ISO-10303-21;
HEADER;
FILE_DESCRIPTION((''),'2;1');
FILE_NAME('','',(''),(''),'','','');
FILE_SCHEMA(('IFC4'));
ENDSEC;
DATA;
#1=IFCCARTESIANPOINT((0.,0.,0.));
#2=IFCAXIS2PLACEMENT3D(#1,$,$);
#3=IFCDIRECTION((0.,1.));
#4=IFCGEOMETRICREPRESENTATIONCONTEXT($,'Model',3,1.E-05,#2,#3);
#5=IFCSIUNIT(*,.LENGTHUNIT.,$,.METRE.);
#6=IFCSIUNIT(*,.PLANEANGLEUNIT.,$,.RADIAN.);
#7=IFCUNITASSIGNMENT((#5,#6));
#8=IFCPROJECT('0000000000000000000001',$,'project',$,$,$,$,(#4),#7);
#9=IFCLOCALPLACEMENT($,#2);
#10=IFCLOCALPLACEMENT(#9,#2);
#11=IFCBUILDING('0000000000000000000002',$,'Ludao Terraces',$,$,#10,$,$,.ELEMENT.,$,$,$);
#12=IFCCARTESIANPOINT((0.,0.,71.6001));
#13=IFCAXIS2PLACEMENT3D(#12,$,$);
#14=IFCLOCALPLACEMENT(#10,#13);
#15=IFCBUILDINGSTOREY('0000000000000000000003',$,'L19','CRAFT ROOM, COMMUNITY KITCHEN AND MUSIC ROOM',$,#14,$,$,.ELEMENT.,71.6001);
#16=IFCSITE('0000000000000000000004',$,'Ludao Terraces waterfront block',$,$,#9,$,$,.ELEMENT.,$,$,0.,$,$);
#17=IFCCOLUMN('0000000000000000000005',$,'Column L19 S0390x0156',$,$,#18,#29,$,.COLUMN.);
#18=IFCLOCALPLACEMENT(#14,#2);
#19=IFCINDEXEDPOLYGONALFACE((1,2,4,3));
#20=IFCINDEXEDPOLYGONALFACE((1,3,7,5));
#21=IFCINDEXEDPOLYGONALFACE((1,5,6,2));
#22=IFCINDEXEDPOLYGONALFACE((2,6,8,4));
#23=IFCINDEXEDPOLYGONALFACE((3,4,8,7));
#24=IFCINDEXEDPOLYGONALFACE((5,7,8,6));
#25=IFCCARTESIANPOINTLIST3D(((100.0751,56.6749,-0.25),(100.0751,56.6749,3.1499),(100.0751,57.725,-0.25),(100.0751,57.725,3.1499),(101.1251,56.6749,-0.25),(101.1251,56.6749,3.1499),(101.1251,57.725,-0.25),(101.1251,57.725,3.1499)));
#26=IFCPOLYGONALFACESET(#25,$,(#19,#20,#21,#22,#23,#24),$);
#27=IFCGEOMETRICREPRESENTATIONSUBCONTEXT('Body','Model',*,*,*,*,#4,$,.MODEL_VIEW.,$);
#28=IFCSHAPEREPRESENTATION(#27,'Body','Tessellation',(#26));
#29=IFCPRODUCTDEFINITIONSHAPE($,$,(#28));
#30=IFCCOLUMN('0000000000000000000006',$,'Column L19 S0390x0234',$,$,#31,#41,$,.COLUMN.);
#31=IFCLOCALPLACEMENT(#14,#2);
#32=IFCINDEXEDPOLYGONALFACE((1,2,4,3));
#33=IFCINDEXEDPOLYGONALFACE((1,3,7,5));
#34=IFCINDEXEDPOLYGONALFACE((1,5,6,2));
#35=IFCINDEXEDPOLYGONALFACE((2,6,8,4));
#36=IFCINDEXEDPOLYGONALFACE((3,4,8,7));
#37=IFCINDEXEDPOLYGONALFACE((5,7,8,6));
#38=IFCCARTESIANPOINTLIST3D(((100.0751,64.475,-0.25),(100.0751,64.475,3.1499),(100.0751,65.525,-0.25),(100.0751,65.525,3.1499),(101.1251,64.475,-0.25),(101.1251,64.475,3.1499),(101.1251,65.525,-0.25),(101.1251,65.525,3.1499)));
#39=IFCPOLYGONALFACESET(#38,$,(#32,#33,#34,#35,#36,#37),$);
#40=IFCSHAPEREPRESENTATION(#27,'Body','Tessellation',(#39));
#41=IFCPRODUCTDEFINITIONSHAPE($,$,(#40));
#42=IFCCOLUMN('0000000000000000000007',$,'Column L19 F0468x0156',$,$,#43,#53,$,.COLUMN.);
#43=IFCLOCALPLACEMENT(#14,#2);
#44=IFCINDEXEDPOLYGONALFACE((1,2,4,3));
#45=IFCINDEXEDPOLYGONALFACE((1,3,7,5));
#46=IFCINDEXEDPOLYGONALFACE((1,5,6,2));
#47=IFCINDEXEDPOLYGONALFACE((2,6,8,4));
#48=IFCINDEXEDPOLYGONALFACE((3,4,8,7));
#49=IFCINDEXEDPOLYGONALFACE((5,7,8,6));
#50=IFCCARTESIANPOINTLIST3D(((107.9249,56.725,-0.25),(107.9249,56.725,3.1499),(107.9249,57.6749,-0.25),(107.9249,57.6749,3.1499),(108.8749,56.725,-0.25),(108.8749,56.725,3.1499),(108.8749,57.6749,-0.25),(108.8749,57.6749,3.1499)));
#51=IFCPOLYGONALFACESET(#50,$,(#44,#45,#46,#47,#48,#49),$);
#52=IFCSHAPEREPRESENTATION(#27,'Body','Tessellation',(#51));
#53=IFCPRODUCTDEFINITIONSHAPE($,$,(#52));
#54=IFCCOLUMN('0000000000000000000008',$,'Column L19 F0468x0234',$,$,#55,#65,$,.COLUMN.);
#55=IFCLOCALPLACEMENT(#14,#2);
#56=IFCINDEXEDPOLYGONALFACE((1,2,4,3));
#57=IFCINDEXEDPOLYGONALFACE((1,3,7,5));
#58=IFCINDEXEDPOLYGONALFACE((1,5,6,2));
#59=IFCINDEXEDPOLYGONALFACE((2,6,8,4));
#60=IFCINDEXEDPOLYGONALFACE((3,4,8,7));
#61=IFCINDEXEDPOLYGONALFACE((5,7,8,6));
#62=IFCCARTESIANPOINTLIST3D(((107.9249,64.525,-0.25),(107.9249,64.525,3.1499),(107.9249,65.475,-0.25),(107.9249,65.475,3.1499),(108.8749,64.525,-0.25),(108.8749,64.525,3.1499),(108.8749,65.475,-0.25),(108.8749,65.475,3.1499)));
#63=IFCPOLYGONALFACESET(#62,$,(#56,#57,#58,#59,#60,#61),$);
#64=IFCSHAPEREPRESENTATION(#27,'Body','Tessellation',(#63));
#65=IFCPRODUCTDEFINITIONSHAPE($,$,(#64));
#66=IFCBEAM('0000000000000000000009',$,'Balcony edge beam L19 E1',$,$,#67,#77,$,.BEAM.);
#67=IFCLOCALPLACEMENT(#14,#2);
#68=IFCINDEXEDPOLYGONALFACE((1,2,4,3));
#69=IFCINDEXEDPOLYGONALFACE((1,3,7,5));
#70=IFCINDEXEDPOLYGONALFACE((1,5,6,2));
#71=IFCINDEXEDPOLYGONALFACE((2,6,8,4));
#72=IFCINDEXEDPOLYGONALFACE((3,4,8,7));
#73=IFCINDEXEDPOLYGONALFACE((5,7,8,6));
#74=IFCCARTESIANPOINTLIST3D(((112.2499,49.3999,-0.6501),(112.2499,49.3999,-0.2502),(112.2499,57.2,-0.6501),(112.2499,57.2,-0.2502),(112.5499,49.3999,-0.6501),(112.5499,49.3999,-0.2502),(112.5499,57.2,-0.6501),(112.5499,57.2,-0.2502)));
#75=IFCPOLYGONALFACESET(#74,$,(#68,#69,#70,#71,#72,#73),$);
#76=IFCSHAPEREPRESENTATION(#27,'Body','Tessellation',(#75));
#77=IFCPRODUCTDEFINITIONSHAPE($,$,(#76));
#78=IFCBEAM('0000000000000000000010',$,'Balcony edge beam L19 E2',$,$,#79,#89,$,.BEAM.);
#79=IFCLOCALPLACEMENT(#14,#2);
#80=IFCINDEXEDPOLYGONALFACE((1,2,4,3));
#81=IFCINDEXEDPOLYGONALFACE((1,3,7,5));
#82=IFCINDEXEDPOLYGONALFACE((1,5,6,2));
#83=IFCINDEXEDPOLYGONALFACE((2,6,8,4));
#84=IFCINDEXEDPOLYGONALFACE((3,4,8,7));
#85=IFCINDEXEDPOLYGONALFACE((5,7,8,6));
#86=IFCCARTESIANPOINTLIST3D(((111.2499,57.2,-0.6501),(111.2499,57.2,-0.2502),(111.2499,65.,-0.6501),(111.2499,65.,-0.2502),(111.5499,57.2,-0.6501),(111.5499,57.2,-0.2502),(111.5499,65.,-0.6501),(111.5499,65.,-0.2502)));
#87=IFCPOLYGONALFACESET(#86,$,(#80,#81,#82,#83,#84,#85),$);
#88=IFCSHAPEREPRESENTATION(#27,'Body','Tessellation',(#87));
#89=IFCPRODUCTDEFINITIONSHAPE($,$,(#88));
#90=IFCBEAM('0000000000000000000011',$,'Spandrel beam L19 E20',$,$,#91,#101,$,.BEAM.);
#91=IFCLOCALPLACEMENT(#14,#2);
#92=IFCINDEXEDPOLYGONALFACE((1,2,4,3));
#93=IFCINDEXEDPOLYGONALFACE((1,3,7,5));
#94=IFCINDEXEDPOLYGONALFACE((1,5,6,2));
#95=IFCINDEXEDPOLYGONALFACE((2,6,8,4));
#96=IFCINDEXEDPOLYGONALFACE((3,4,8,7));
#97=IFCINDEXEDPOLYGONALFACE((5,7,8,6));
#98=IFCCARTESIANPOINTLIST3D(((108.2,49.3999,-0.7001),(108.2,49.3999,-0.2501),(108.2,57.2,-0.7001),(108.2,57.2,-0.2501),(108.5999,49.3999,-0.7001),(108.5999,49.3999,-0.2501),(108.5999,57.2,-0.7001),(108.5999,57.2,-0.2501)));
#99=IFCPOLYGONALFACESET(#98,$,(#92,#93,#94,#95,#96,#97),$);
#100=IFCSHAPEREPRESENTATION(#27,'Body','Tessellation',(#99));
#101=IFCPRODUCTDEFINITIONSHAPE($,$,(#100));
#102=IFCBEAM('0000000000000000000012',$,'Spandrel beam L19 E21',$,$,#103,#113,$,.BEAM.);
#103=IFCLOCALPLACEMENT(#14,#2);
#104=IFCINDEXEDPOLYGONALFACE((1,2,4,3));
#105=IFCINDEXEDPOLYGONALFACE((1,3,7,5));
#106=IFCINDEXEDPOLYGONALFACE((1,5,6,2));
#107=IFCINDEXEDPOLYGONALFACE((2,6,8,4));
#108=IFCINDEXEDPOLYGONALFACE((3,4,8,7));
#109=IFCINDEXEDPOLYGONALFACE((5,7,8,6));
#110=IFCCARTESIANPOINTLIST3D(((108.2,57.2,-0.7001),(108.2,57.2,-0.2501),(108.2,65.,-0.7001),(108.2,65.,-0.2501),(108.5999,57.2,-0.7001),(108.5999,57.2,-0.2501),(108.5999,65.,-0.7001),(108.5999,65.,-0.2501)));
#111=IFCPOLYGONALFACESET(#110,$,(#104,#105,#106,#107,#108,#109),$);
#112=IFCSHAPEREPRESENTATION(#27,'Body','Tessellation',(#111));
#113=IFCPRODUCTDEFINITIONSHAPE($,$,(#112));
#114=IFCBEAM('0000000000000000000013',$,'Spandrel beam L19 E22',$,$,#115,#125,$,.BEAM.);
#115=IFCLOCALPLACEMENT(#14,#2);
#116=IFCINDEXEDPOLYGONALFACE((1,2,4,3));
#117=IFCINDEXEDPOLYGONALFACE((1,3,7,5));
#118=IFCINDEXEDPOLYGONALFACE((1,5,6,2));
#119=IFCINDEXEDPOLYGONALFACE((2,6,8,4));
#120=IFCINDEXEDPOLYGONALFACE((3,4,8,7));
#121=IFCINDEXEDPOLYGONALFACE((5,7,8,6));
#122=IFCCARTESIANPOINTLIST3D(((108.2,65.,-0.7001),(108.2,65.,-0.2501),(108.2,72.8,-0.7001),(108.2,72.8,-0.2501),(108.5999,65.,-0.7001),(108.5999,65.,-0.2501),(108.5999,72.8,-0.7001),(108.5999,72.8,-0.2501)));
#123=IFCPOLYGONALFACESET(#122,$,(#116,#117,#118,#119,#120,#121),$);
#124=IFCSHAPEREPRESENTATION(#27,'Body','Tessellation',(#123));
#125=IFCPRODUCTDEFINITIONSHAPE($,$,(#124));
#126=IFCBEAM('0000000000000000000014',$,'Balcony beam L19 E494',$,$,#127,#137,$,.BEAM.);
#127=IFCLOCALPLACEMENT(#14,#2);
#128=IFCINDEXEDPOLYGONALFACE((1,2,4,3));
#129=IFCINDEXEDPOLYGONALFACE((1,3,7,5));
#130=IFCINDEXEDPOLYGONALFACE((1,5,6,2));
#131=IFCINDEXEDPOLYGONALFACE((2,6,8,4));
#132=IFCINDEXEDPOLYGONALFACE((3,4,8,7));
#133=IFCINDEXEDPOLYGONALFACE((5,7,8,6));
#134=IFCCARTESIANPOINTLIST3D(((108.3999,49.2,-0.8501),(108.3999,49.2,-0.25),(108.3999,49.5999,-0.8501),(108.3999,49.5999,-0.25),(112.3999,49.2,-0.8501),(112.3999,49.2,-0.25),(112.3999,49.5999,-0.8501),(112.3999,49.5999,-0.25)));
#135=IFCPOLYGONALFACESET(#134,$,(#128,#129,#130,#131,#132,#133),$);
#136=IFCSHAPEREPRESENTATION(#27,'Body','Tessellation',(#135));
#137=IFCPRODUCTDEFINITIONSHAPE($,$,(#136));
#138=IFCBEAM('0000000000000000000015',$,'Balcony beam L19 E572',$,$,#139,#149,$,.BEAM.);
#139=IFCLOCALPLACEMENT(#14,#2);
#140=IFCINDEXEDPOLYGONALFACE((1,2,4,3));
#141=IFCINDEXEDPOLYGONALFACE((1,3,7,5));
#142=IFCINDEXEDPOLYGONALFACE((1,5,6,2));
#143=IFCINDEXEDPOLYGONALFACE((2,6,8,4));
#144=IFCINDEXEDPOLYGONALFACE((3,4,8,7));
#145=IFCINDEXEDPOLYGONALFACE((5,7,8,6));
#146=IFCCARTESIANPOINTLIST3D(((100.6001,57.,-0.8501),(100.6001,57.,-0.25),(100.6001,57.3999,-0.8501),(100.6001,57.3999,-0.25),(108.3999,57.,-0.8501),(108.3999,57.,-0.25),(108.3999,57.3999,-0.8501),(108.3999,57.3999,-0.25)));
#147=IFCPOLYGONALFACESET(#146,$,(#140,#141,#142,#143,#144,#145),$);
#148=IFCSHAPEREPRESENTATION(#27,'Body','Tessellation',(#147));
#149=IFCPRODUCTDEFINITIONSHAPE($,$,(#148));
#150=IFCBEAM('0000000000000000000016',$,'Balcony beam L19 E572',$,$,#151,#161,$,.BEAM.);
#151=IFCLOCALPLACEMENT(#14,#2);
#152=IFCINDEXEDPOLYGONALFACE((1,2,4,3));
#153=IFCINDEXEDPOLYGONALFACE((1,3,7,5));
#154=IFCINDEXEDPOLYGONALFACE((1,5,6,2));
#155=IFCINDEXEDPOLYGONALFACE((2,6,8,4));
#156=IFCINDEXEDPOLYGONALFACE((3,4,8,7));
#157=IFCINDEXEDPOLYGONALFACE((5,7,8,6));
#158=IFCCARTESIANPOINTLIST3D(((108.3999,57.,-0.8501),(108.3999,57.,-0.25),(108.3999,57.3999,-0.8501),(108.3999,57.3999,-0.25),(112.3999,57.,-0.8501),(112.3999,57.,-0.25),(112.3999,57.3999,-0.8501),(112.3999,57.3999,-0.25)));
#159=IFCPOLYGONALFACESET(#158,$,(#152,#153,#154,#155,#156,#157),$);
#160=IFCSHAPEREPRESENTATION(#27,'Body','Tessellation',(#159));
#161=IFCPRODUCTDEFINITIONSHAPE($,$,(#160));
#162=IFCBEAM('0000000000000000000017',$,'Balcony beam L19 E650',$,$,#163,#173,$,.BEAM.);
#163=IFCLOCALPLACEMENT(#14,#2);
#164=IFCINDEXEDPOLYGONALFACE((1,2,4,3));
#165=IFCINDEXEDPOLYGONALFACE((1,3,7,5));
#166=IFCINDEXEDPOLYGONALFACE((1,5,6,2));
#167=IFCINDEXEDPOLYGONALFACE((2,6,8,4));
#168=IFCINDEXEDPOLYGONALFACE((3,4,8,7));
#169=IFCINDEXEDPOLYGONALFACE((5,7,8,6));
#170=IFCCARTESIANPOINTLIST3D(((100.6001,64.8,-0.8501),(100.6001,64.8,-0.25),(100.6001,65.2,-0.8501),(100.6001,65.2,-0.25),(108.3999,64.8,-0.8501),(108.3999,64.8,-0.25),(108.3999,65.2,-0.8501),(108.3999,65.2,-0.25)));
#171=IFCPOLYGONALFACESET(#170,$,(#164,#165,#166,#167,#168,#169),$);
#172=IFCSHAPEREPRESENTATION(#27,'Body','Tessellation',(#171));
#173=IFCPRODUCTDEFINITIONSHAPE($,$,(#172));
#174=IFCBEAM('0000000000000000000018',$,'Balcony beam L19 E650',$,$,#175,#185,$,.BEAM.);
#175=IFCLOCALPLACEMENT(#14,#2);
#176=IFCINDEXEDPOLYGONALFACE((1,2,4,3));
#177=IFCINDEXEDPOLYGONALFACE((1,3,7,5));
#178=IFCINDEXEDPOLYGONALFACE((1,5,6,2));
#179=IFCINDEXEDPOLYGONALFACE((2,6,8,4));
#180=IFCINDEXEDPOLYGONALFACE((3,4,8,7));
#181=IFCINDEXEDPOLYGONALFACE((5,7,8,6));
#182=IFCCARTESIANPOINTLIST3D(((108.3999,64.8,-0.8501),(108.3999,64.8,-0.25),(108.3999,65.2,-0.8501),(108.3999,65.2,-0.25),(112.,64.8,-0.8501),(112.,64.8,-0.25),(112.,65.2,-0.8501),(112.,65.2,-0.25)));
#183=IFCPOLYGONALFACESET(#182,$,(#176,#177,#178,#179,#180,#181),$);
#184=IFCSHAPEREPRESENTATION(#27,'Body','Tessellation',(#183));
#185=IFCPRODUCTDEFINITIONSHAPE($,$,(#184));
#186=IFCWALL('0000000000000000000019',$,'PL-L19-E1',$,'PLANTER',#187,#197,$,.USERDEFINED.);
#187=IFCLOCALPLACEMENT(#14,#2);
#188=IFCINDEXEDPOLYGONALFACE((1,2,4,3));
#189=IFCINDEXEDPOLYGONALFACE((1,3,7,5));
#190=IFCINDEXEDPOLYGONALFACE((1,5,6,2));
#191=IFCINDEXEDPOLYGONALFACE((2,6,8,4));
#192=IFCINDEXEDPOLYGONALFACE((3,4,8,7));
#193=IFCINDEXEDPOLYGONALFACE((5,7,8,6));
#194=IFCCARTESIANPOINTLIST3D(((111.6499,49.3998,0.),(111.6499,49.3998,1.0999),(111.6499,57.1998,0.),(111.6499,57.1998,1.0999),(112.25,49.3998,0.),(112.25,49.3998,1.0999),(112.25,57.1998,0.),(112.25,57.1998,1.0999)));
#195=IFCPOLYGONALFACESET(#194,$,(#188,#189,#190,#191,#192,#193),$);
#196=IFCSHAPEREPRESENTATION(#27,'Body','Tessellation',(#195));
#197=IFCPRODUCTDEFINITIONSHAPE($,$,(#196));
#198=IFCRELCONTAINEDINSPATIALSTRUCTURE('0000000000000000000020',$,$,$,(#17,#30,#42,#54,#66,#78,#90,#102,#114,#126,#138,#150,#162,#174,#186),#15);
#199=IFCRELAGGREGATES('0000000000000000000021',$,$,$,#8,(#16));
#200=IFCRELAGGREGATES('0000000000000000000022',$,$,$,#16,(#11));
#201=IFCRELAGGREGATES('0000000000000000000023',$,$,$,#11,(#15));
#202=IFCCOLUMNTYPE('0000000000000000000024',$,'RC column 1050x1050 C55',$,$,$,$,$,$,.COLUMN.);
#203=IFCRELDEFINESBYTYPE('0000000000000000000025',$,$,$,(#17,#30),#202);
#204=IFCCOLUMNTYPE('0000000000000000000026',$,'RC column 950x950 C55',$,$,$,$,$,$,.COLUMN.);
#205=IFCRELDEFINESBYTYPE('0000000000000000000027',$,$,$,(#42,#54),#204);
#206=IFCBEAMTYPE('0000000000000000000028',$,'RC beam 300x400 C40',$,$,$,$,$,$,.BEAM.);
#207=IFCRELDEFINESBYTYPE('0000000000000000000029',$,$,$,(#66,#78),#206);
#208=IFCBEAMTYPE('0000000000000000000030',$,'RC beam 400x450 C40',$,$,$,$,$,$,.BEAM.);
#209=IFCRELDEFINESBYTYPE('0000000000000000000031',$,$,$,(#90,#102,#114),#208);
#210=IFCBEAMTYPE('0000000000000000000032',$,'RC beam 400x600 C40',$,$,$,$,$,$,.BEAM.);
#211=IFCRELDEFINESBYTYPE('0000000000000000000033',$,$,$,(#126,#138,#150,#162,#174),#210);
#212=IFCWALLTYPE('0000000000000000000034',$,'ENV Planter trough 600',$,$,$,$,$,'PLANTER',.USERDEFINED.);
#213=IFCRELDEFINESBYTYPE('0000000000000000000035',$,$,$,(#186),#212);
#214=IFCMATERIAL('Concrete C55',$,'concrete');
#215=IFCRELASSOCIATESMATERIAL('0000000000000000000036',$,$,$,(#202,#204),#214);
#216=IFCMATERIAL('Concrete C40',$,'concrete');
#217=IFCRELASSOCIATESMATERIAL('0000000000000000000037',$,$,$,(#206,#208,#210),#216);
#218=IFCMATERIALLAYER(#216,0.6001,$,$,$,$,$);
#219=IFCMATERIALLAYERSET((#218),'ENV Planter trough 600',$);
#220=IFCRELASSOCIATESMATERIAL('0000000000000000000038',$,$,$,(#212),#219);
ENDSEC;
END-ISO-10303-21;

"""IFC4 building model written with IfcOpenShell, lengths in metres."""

from ifc_helpers import new_model, si_unit, direction, frame, frame_2d, origin, origin_2d, place, context, subcontext, project, spatial, rectangle, extrude, material, layer, layer_set, material_profile, profile_set, type_object, element, save


model = new_model("IFC4")

# Units and contexts
model_context = context("Model", 3, precision=1e-05, world=origin(), true_north=direction((0.0, 1.0)))
body_context = subcontext(model_context, "Body", "Model", "MODEL_VIEW")
ifc_project = project(units=[si_unit("LENGTHUNIT", "METRE"), si_unit("PLANEANGLEUNIT", "RADIAN")], contexts=[model_context])

# Site, building, storey
site_placement = place(None, origin())
site = spatial("IfcSite", under=ifc_project, at=site_placement, Name="Ludao Terraces waterfront block", CompositionType="ELEMENT", RefElevation=0.0)
building_placement = place(site_placement, origin())
building = spatial("IfcBuilding", under=site, at=building_placement, Name="Ludao Terraces", CompositionType="ELEMENT")
storey_placement = place(building_placement, frame((0.0, 0.0, 71.6001)))
storey = spatial("IfcBuildingStorey", under=building, at=storey_placement, Name="L19", Description="CRAFT ROOM, COMMUNITY KITCHEN AND MUSIC ROOM", CompositionType="ELEMENT", Elevation=71.6001)

# Columns
ifc_material_1 = material(Name="Concrete C55", Category="concrete")
ifc_material_profile_1 = material_profile(ifc_material_1, rectangle(XDim=1.05, YDim=1.05, at=origin_2d()), Name="1050 X 1050")
ifc_profile_set_1 = profile_set([ifc_material_profile_1], Name="Concrete C55")
column_type_1 = type_object("IfcColumnType", Name="RC column 1050x1050 C55", PredefinedType="COLUMN", material=ifc_profile_set_1)
for number, where, z_axis, x_axis, name in (
    (1, (100.6001, 57.2, -0.25), (0.0, 0.0, 1.0), (1.0, 0.0, 0.0), "Column L19 S0390x0156"),
    (2, (100.6001, 65.0, -0.25), (0.0, 0.0, 1.0), (1.0, 0.0, 0.0), "Column L19 S0390x0234"),
):
    element("IfcColumn", number, at=place(storey_placement, frame(where, z_axis=z_axis, x_axis=x_axis)), inside=storey, type_object=column_type_1, Name=name, PredefinedType="COLUMN", context=body_context, shape_type="SweptSolid", body=[
        extrude(rectangle(XDim=1.05, YDim=1.05, at=origin_2d()), origin(), (0.0, 0.0, 1.0), 3.3999),
    ])
ifc_material_profile_2 = material_profile(ifc_material_1, rectangle(XDim=0.95, YDim=0.95, at=origin_2d()), Name="950 X 950")
ifc_profile_set_2 = profile_set([ifc_material_profile_2], Name="Concrete C55")
column_type_2 = type_object("IfcColumnType", Name="RC column 950x950 C55", PredefinedType="COLUMN", material=ifc_profile_set_2)
for number, where, z_axis, x_axis, name in (
    (3, (108.3999, 57.2, -0.25), (0.0, 0.0, 1.0), (1.0, 0.0, 0.0), "Column L19 F0468x0156"),
    (4, (108.3999, 65.0, -0.25), (0.0, 0.0, 1.0), (1.0, 0.0, 0.0), "Column L19 F0468x0234"),
):
    element("IfcColumn", number, at=place(storey_placement, frame(where, z_axis=z_axis, x_axis=x_axis)), inside=storey, type_object=column_type_2, Name=name, PredefinedType="COLUMN", context=body_context, shape_type="SweptSolid", body=[
        extrude(rectangle(XDim=0.95, YDim=0.95, at=origin_2d()), origin(), (0.0, 0.0, 1.0), 3.3999),
    ])

# Beams
ifc_material_2 = material(Name="Concrete C40", Category="concrete")
ifc_material_profile_3 = material_profile(ifc_material_2, rectangle(XDim=0.3, YDim=0.3999, at=origin_2d()), Name="300 X 400")
ifc_profile_set_3 = profile_set([ifc_material_profile_3], Name="Concrete C40")
beam_type_1 = type_object("IfcBeamType", Name="RC beam 300x400 C40", PredefinedType="BEAM", material=ifc_profile_set_3)
for number, where, z_axis, x_axis, name in (
    (5, (112.3999, 49.3999, -0.4502), (0.0, 1.0, 0.0), (-1.0, 0.0, 0.0), "Balcony edge beam L19 E1"),
    (6, (111.3999, 57.2, -0.4502), (0.0, 1.0, 0.0), (-1.0, 0.0, 0.0), "Balcony edge beam L19 E2"),
):
    element("IfcBeam", number, at=place(storey_placement, frame(where, z_axis=z_axis, x_axis=x_axis)), inside=storey, type_object=beam_type_1, Name=name, PredefinedType="BEAM", context=body_context, shape_type="SweptSolid", body=[
        extrude(rectangle(XDim=0.3, YDim=0.3999, at=origin_2d()), origin(), (0.0, 0.0, 1.0), 7.8),
    ])
ifc_material_profile_4 = material_profile(ifc_material_2, rectangle(XDim=0.3999, YDim=0.45, at=origin_2d()), Name="400 X 450")
ifc_profile_set_4 = profile_set([ifc_material_profile_4], Name="Concrete C40")
beam_type_2 = type_object("IfcBeamType", Name="RC beam 400x450 C40", PredefinedType="BEAM", material=ifc_profile_set_4)
for number, where, z_axis, x_axis, name in (
    (7, (108.3999, 49.3999, -0.4751), (0.0, 1.0, 0.0), (-1.0, 0.0, 0.0), "Spandrel beam L19 E20"),
    (8, (108.3999, 57.2, -0.4751), (0.0, 1.0, 0.0), (-1.0, 0.0, 0.0), "Spandrel beam L19 E21"),
    (9, (108.3999, 65.0, -0.4751), (0.0, 1.0, 0.0), (-1.0, 0.0, 0.0), "Spandrel beam L19 E22"),
):
    element("IfcBeam", number, at=place(storey_placement, frame(where, z_axis=z_axis, x_axis=x_axis)), inside=storey, type_object=beam_type_2, Name=name, PredefinedType="BEAM", context=body_context, shape_type="SweptSolid", body=[
        extrude(rectangle(XDim=0.3999, YDim=0.45, at=origin_2d()), origin(), (0.0, 0.0, 1.0), 7.8),
    ])
ifc_material_profile_5 = material_profile(ifc_material_2, rectangle(XDim=0.3999, YDim=0.6001, at=origin_2d()), Name="400 X 600")
ifc_profile_set_5 = profile_set([ifc_material_profile_5], Name="Concrete C40")
beam_type_3 = type_object("IfcBeamType", Name="RC beam 400x600 C40", PredefinedType="BEAM", material=ifc_profile_set_5)
beam_1_placement = place(storey_placement, frame((108.3999, 49.3999, -0.55), z_axis=(1.0, 0.0, 0.0), x_axis=(0.0, 1.0, 0.0)))
element("IfcBeam", 10, at=beam_1_placement, inside=storey, type_object=beam_type_3, Name="Balcony beam L19 E494", PredefinedType="BEAM", context=body_context, shape_type="SweptSolid", body=[
    extrude(rectangle(XDim=0.3999, YDim=0.6001, at=origin_2d()), origin(), (0.0, 0.0, 1.0), 4.0),
])
beam_2_placement = place(storey_placement, frame((100.6001, 57.2, -0.55), z_axis=(1.0, 0.0, 0.0), x_axis=(0.0, 1.0, 0.0)))
element("IfcBeam", 11, at=beam_2_placement, inside=storey, type_object=beam_type_3, Name="Balcony beam L19 E572", PredefinedType="BEAM", context=body_context, shape_type="SweptSolid", body=[
    extrude(rectangle(XDim=0.3999, YDim=0.6001, at=origin_2d()), origin(), (0.0, 0.0, 1.0), 7.7998),
])
beam_3_placement = place(storey_placement, frame((108.3999, 57.2, -0.55), z_axis=(1.0, 0.0, 0.0), x_axis=(0.0, 1.0, 0.0)))
element("IfcBeam", 12, at=beam_3_placement, inside=storey, type_object=beam_type_3, Name="Balcony beam L19 E572", PredefinedType="BEAM", context=body_context, shape_type="SweptSolid", body=[
    extrude(rectangle(XDim=0.3999, YDim=0.6001, at=origin_2d()), origin(), (0.0, 0.0, 1.0), 4.0),
])
beam_4_placement = place(storey_placement, frame((100.6001, 65.0, -0.55), z_axis=(1.0, 0.0, 0.0), x_axis=(0.0, 1.0, 0.0)))
element("IfcBeam", 13, at=beam_4_placement, inside=storey, type_object=beam_type_3, Name="Balcony beam L19 E650", PredefinedType="BEAM", context=body_context, shape_type="SweptSolid", body=[
    extrude(rectangle(XDim=0.3999, YDim=0.6001, at=origin_2d()), origin(), (0.0, 0.0, 1.0), 7.7998),
])
beam_5_placement = place(storey_placement, frame((108.3999, 65.0, -0.55), z_axis=(1.0, 0.0, 0.0), x_axis=(0.0, 1.0, 0.0)))
element("IfcBeam", 14, at=beam_5_placement, inside=storey, type_object=beam_type_3, Name="Balcony beam L19 E650", PredefinedType="BEAM", context=body_context, shape_type="SweptSolid", body=[
    extrude(rectangle(XDim=0.3999, YDim=0.6001, at=origin_2d()), origin(), (0.0, 0.0, 1.0), 3.6001),
])

# Wall
ifc_layer_1 = layer(ifc_material_2, 0.6001)
ifc_layer_set_1 = layer_set([ifc_layer_1], Name="ENV Planter trough 600")
wall_type_1 = type_object("IfcWallType", Name="ENV Planter trough 600", ElementType="PLANTER", PredefinedType="USERDEFINED", material=ifc_layer_set_1)
wall_1_placement = place(storey_placement, frame((111.95, 49.3999, 0.0), z_axis=(0.0, 0.0, 1.0), x_axis=(0.0, 1.0, 0.0)))
element("IfcWall", 15, at=wall_1_placement, inside=storey, type_object=wall_type_1, Name="PL-L19-E1", ObjectType="PLANTER", PredefinedType="USERDEFINED", context=body_context, shape_type="SweptSolid", body=[
    extrude(rectangle(XDim=7.8, YDim=0.6001, at=frame_2d((3.8999, 0.0))), origin(), (0.0, 0.0, 1.0), 1.0999),
])

save(model, "model.ifc")
